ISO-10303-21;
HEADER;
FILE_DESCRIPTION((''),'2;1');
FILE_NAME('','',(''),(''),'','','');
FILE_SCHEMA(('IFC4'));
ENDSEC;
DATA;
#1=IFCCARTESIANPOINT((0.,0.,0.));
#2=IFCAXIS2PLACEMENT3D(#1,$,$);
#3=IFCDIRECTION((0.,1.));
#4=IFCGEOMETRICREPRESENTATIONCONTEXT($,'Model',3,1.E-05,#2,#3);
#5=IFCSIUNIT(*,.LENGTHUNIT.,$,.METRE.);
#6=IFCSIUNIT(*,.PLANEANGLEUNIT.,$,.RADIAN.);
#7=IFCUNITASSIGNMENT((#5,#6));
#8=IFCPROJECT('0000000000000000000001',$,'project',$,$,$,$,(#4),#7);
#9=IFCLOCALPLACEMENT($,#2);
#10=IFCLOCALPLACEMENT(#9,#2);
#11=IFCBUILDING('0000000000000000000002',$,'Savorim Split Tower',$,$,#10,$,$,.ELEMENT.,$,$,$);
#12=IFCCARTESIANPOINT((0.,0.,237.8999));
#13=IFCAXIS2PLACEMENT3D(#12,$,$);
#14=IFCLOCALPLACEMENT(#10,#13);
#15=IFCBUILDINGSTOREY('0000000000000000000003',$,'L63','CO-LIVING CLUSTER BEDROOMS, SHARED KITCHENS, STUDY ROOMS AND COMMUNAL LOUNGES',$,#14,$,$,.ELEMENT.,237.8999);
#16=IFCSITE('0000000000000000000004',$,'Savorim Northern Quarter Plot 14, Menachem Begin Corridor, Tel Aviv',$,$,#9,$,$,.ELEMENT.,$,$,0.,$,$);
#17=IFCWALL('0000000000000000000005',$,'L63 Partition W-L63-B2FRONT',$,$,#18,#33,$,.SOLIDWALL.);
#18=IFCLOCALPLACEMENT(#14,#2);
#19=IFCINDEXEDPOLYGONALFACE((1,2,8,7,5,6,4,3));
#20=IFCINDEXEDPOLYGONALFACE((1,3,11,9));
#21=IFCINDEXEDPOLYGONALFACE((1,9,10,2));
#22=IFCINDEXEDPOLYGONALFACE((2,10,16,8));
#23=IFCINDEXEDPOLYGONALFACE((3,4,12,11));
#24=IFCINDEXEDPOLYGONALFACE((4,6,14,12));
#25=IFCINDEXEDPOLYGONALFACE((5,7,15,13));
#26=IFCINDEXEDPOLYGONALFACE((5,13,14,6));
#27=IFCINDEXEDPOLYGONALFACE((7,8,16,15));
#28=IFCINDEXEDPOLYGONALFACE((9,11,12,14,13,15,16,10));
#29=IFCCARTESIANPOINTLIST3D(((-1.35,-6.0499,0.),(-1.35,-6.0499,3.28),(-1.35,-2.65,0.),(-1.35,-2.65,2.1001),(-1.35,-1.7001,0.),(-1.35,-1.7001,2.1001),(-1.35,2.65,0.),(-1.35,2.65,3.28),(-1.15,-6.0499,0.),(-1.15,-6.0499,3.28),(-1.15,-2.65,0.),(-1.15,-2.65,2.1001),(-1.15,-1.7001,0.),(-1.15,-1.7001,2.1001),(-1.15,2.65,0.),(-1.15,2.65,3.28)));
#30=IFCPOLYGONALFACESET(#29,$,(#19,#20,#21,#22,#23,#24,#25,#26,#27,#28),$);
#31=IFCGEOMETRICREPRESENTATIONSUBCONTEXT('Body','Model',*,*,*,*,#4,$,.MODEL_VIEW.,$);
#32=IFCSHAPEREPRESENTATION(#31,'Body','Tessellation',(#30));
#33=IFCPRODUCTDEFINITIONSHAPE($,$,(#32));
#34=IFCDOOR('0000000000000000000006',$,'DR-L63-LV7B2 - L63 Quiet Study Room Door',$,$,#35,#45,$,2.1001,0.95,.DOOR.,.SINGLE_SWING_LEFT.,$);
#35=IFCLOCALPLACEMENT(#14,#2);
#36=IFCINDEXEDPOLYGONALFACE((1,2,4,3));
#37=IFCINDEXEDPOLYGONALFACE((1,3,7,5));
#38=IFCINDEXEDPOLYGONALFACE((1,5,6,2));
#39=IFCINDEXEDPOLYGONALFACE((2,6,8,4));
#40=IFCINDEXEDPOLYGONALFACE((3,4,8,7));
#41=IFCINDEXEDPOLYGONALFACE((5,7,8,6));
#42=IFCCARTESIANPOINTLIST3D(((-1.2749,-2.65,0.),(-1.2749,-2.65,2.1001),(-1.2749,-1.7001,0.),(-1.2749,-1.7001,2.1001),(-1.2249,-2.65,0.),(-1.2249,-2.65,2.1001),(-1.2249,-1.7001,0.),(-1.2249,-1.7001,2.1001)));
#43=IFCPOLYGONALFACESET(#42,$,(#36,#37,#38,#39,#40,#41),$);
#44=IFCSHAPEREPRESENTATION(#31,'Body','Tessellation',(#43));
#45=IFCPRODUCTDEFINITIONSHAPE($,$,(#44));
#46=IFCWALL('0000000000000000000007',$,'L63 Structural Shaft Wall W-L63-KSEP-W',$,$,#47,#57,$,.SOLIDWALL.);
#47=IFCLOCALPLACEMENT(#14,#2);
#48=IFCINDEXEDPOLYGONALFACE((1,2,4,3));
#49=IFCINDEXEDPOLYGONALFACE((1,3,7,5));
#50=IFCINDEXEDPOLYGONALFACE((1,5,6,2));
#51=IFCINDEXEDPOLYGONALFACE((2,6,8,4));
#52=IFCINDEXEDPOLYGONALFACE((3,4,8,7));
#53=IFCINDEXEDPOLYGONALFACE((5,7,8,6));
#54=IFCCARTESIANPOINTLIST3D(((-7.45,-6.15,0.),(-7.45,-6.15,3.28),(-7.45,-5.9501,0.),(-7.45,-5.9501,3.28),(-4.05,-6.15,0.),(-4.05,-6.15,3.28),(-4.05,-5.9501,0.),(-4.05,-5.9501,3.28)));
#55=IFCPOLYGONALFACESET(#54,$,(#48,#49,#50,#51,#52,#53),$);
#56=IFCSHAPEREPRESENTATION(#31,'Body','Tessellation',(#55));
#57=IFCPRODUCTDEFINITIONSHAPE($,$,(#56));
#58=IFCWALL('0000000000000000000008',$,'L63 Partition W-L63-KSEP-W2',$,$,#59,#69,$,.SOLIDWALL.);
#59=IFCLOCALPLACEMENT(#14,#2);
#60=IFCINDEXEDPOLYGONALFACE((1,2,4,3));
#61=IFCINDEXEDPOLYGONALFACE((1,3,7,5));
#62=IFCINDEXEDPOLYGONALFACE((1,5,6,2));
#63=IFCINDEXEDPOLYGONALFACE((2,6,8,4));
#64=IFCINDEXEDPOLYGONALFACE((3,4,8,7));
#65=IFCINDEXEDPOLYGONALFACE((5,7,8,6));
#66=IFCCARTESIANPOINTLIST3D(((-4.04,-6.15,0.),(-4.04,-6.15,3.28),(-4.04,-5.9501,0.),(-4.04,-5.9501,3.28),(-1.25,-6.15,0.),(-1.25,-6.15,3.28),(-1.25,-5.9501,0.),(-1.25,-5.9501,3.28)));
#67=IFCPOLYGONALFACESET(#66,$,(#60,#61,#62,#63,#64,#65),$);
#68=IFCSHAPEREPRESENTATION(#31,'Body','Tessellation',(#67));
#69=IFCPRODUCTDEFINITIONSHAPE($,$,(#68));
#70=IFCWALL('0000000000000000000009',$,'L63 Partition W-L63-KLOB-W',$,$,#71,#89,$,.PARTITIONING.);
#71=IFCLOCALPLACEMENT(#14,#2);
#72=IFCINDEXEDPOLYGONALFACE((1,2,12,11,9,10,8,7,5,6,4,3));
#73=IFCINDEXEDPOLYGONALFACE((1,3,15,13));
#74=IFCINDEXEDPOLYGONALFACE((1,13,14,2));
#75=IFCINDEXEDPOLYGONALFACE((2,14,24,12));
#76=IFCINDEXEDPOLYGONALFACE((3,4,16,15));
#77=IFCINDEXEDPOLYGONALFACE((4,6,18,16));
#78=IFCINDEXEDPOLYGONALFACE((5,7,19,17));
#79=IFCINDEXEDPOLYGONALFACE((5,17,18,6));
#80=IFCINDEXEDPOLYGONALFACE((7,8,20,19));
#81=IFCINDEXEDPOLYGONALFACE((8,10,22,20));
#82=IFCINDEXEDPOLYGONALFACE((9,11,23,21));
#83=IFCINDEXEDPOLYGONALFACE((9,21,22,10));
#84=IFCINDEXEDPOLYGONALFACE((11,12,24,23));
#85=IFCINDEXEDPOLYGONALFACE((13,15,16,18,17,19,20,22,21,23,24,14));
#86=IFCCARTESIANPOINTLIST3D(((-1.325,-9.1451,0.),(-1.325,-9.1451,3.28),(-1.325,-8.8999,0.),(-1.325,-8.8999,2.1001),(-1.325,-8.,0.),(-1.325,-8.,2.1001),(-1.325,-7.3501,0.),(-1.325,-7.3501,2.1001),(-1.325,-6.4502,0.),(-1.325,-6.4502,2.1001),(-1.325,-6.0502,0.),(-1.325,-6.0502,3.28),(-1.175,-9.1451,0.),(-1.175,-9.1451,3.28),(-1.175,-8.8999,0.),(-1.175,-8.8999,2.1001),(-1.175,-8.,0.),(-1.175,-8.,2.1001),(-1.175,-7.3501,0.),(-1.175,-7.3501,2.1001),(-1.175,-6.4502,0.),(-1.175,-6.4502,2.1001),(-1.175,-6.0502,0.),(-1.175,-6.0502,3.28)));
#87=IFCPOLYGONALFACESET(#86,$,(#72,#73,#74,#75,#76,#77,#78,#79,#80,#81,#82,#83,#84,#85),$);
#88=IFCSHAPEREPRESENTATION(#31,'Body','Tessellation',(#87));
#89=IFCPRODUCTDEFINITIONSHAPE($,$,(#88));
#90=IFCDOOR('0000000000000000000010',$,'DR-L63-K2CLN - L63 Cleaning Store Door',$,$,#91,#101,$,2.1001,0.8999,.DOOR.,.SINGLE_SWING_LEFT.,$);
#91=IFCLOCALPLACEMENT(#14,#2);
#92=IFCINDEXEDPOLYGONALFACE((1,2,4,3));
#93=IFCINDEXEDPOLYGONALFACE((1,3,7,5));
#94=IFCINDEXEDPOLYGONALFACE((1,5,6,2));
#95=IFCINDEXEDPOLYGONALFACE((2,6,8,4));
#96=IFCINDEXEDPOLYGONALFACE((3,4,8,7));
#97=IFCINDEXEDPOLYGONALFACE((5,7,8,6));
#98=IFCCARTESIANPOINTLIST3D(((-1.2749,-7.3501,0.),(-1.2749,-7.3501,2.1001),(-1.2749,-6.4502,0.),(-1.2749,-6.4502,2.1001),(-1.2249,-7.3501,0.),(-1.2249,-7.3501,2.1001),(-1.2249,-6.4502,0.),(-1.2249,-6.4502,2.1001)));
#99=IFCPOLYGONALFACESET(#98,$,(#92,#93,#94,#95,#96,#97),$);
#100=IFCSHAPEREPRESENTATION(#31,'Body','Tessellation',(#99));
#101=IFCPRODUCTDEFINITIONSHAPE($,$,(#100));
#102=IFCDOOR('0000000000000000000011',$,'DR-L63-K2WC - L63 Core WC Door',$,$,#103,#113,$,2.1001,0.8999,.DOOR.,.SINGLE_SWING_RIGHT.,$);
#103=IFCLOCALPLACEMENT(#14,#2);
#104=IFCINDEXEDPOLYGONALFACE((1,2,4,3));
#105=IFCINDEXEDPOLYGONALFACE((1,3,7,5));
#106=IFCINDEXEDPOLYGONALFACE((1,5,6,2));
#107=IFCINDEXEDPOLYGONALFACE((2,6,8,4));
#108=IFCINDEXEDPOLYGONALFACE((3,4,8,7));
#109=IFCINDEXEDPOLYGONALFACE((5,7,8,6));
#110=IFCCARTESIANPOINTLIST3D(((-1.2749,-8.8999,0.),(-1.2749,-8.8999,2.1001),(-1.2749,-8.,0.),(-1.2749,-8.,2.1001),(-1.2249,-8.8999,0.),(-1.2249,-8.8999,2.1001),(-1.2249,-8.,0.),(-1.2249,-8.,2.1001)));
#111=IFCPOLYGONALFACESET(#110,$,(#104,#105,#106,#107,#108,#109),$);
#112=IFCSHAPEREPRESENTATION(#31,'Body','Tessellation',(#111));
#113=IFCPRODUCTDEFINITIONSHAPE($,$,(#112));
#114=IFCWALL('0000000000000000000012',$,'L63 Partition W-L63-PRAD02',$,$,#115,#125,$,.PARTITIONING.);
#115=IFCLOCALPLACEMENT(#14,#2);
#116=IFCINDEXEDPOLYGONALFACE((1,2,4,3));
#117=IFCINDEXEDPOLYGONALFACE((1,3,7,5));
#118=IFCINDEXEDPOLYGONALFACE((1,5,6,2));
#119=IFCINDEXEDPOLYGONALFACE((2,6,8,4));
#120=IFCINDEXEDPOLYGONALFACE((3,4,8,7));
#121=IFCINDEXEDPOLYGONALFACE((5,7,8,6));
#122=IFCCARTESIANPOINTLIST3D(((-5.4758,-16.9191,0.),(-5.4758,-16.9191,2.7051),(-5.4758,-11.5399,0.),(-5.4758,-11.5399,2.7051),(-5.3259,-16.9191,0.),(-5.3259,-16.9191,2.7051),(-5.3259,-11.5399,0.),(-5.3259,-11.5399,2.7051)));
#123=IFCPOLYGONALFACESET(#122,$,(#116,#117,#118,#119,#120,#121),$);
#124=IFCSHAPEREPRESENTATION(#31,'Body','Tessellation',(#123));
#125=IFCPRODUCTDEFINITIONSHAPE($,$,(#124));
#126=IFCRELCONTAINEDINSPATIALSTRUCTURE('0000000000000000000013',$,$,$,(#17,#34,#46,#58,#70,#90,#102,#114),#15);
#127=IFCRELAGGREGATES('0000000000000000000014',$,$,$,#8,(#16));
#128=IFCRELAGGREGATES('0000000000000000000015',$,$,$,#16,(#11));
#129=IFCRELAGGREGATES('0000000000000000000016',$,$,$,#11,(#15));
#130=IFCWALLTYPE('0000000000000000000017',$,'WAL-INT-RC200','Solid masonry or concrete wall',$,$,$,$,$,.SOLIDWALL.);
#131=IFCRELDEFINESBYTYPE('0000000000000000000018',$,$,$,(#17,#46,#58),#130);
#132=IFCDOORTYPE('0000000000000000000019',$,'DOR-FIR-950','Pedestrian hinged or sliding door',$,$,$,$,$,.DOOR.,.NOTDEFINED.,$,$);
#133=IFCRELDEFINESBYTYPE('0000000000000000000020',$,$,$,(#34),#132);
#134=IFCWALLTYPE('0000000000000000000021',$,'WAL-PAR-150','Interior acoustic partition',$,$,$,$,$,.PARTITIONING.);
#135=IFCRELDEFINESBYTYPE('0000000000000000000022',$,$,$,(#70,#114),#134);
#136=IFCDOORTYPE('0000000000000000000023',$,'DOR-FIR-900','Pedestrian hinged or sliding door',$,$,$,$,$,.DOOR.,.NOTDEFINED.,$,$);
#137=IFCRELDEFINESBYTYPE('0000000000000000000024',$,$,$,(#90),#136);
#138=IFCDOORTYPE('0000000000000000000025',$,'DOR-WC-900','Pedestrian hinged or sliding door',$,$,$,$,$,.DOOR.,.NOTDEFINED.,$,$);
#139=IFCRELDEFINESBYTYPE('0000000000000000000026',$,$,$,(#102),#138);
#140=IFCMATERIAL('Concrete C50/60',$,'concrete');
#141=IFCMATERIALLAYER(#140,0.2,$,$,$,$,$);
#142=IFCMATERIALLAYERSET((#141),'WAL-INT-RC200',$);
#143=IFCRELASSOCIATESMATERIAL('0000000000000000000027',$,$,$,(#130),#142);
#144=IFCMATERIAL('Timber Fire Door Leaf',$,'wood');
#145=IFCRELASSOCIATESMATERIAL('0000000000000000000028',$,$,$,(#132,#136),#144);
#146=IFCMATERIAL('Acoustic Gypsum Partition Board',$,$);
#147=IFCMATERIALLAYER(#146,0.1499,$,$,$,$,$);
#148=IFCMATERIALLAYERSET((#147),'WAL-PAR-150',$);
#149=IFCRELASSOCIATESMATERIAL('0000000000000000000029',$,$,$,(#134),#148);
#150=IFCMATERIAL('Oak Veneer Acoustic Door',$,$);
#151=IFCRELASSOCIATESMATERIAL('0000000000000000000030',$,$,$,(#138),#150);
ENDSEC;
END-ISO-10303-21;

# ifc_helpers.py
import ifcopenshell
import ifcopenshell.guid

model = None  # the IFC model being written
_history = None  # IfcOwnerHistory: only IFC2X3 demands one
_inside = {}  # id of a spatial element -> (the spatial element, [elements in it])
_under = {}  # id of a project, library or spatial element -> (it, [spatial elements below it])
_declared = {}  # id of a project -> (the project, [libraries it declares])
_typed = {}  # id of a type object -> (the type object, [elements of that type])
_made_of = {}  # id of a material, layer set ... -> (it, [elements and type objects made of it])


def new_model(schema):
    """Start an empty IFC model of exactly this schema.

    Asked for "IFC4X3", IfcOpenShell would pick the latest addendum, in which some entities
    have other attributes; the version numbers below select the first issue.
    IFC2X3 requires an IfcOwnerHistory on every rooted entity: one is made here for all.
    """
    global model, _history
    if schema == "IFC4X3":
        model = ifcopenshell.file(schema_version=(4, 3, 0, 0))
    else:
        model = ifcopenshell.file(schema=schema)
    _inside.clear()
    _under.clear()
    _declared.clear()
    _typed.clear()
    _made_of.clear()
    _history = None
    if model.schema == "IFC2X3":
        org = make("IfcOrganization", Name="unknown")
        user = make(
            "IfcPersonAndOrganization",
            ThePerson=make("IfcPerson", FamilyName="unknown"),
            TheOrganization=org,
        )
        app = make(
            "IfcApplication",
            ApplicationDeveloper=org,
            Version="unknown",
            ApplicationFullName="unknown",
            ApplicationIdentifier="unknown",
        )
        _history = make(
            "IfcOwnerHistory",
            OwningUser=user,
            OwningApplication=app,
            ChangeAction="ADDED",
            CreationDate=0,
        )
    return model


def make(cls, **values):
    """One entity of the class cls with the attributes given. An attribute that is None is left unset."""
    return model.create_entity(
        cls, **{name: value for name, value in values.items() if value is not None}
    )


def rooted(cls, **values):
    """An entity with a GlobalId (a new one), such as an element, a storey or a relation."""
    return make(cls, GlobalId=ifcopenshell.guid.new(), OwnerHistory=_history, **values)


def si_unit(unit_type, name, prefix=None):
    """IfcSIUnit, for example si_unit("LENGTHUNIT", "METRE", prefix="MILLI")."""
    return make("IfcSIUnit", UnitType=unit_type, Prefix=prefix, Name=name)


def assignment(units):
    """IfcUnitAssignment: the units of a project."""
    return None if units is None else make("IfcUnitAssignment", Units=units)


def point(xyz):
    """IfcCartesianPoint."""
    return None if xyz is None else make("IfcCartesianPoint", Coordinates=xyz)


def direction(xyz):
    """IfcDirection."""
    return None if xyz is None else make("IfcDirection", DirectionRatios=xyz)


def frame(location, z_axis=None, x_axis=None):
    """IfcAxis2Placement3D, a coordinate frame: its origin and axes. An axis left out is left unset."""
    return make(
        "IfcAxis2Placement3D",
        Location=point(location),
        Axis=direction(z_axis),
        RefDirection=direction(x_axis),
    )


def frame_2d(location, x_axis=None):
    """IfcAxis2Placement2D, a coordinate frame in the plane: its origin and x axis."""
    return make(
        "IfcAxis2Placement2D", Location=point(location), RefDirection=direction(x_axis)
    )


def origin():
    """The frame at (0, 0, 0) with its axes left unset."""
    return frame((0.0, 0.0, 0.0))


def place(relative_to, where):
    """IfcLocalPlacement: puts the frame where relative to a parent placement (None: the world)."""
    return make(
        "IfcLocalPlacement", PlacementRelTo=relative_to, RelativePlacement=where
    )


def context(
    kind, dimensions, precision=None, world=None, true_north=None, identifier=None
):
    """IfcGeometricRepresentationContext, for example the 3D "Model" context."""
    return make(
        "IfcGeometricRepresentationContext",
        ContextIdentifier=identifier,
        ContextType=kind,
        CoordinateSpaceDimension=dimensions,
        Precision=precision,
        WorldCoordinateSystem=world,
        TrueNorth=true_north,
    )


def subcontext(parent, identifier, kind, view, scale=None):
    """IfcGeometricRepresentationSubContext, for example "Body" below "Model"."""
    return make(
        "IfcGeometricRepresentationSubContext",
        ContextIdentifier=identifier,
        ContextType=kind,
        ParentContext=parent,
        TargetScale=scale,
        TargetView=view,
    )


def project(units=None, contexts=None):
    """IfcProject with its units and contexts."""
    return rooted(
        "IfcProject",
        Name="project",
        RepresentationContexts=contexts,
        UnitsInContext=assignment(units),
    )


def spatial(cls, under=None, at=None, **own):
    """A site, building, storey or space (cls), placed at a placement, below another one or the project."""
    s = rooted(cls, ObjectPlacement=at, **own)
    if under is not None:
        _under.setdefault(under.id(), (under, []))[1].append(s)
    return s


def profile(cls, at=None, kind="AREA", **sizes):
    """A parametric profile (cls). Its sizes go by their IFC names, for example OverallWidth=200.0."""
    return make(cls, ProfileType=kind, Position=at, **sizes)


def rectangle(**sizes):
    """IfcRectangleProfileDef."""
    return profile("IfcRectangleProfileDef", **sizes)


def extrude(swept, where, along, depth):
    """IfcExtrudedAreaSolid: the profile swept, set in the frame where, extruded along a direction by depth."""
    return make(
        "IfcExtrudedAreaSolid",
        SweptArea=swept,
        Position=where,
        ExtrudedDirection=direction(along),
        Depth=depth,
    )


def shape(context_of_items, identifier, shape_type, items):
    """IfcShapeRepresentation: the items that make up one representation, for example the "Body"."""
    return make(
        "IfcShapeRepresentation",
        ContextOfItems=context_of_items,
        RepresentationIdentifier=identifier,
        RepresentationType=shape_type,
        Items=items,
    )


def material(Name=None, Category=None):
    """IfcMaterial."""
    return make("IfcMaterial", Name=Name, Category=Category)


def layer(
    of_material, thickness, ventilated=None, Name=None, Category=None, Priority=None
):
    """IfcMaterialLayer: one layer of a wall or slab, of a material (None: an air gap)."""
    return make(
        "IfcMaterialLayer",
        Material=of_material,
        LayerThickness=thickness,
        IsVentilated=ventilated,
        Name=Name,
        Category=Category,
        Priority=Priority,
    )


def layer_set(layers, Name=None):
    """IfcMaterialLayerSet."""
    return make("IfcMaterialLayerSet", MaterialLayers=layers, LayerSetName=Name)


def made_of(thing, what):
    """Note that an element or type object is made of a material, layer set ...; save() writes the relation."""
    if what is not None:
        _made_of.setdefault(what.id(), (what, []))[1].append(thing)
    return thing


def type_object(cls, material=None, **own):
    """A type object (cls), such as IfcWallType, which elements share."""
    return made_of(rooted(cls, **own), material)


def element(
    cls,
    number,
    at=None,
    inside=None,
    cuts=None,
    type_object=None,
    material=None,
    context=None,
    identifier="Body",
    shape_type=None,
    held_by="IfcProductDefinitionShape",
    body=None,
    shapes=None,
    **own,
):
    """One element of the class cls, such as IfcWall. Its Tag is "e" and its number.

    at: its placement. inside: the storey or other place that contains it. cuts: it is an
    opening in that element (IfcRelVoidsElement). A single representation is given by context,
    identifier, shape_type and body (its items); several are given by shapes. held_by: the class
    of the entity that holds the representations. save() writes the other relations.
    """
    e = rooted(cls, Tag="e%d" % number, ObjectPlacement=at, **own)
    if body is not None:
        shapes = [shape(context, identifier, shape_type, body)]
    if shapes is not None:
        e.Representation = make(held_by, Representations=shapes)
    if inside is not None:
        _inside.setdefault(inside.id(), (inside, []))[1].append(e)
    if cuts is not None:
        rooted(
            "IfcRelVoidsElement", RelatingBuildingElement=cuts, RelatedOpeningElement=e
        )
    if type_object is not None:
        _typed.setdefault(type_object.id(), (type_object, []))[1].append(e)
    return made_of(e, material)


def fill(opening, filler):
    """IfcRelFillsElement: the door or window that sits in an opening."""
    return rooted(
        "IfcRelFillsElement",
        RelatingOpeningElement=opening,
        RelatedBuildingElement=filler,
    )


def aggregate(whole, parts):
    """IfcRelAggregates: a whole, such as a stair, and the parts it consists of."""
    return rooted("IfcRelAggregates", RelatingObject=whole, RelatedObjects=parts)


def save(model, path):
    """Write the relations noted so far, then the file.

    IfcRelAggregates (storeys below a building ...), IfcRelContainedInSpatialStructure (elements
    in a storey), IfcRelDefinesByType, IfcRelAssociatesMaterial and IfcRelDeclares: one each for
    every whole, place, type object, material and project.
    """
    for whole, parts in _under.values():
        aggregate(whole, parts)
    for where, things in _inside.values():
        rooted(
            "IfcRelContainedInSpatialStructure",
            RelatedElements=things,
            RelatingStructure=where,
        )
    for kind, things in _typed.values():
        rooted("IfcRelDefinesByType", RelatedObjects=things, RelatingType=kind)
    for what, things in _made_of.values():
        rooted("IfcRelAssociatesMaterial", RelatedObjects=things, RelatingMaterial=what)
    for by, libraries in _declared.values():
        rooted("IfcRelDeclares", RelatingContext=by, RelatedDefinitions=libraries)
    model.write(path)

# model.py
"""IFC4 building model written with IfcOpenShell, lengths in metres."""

from ifc_helpers import new_model, si_unit, direction, frame, frame_2d, origin, place, context, subcontext, project, spatial, rectangle, extrude, material, layer, layer_set, type_object, element, fill, save


model = new_model("IFC4")

# Units and contexts
model_context = context("Model", 3, precision=1e-05, world=origin(), true_north=direction((0.0, 1.0)))
body_context = subcontext(model_context, "Body", "Model", "MODEL_VIEW")
ifc_project = project(units=[si_unit("LENGTHUNIT", "METRE"), si_unit("PLANEANGLEUNIT", "RADIAN")], contexts=[model_context])

# Site, building, storey
site_placement = place(None, origin())
site = spatial("IfcSite", under=ifc_project, at=site_placement, Name="Savorim Northern Quarter Plot 14, Menachem Begin Corridor, Tel Aviv", CompositionType="ELEMENT", RefElevation=0.0)
building_placement = place(site_placement, origin())
building = spatial("IfcBuilding", under=site, at=building_placement, Name="Savorim Split Tower", CompositionType="ELEMENT")
storey_placement = place(building_placement, frame((0.0, 0.0, 237.8999)))
storey = spatial("IfcBuildingStorey", under=building, at=storey_placement, Name="L63", Description="CO-LIVING CLUSTER BEDROOMS, SHARED KITCHENS, STUDY ROOMS AND COMMUNAL LOUNGES", CompositionType="ELEMENT", Elevation=237.8999)

# Shared definitions
ifc_material_1 = material(Name="Timber Fire Door Leaf", Category="wood")

# Shared definitions
ifc_material_2 = material(Name="Concrete C50/60", Category="concrete")
ifc_layer_1 = layer(ifc_material_2, 0.2)
ifc_layer_set_1 = layer_set([ifc_layer_1], Name="WAL-INT-RC200")
wall_type_1 = type_object("IfcWallType", Name="WAL-INT-RC200", Description="Solid masonry or concrete wall", PredefinedType="SOLIDWALL", material=ifc_layer_set_1)

# Wall, opening, door
wall_1_placement = place(storey_placement, frame((-1.25, -6.05, 0.0), z_axis=(0.0, 0.0, 1.0), x_axis=(0.0, 1.0, 0.0)))
wall_1 = element("IfcWall", 1, at=wall_1_placement, inside=storey, type_object=wall_type_1, Name="L63 Partition W-L63-B2FRONT", PredefinedType="SOLIDWALL", context=body_context, shape_type="SweptSolid", body=[
    extrude(rectangle(XDim=8.7, YDim=0.2, at=frame_2d((4.3501, 0.0))), origin(), (0.0, 0.0, 1.0), 3.28),
])
opening_1_placement = place(wall_1_placement, frame((3.3999, 0.0, 0.0)))
opening_1 = element("IfcOpeningElement", 2, at=opening_1_placement, cuts=wall_1, PredefinedType="OPENING", context=body_context, shape_type="SweptSolid", body=[
    extrude(rectangle(XDim=0.95, YDim=2.1001, at=frame_2d((0.4751, 1.05))), frame((0.0, 0.1099, 0.0), z_axis=(0.0, -1.0, 0.0), x_axis=(1.0, 0.0, 0.0)), (0.0, 0.0, 1.0), 0.22),
])
door_type_1 = type_object("IfcDoorType", Name="DOR-FIR-950", Description="Pedestrian hinged or sliding door", OperationType="NOTDEFINED", PredefinedType="DOOR", material=ifc_material_1)
door_1_placement = place(opening_1_placement, origin())
door_1 = element("IfcDoor", 3, at=door_1_placement, inside=storey, type_object=door_type_1, Name="DR-L63-LV7B2 - L63 Quiet Study Room Door", OperationType="SINGLE_SWING_LEFT", OverallHeight=2.1001, OverallWidth=0.95, PredefinedType="DOOR", context=body_context, shape_type="SweptSolid", body=[
    extrude(rectangle(XDim=0.95, YDim=2.1001, at=frame_2d((0.4751, 1.05))), frame((0.0, 0.0249, 0.0), z_axis=(0.0, -1.0, 0.0), x_axis=(1.0, 0.0, 0.0)), (0.0, 0.0, 1.0), 0.05),
])
fill(opening_1, door_1)

# Walls
wall_2_placement = place(storey_placement, frame((-7.45, -6.05, 0.0), z_axis=(0.0, 0.0, 1.0), x_axis=(1.0, 0.0, 0.0)))
element("IfcWall", 4, at=wall_2_placement, inside=storey, type_object=wall_type_1, Name="L63 Structural Shaft Wall W-L63-KSEP-W", PredefinedType="SOLIDWALL", context=body_context, shape_type="SweptSolid", body=[
    extrude(rectangle(XDim=3.3999, YDim=0.2, at=frame_2d((1.7, 0.0))), origin(), (0.0, 0.0, 1.0), 3.28),
])
wall_3_placement = place(storey_placement, frame((-4.04, -6.05, 0.0), z_axis=(0.0, 0.0, 1.0), x_axis=(1.0, 0.0, 0.0)))
element("IfcWall", 5, at=wall_3_placement, inside=storey, type_object=wall_type_1, Name="L63 Partition W-L63-KSEP-W2", PredefinedType="SOLIDWALL", context=body_context, shape_type="SweptSolid", body=[
    extrude(rectangle(XDim=2.79, YDim=0.2, at=frame_2d((1.395, 0.0))), origin(), (0.0, 0.0, 1.0), 3.28),
])

# Wall, openings, doors
ifc_material_3 = material(Name="Acoustic Gypsum Partition Board")
ifc_layer_2 = layer(ifc_material_3, 0.1499)
ifc_layer_set_2 = layer_set([ifc_layer_2], Name="WAL-PAR-150")
wall_type_2 = type_object("IfcWallType", Name="WAL-PAR-150", Description="Interior acoustic partition", PredefinedType="PARTITIONING", material=ifc_layer_set_2)
wall_4_placement = place(storey_placement, frame((-1.25, -9.145, 0.0), z_axis=(0.0, 0.0, 1.0), x_axis=(0.0, 1.0, 0.0)))
wall_4 = element("IfcWall", 6, at=wall_4_placement, inside=storey, type_object=wall_type_2, Name="L63 Partition W-L63-KLOB-W", PredefinedType="PARTITIONING", context=body_context, shape_type="SweptSolid", body=[
    extrude(rectangle(XDim=3.095, YDim=0.1499, at=frame_2d((1.5474, 0.0))), origin(), (0.0, 0.0, 1.0), 3.28),
])
opening_2_placement = place(wall_4_placement, frame((1.7949, 0.0, 0.0)))
opening_2 = element("IfcOpeningElement", 7, at=opening_2_placement, cuts=wall_4, PredefinedType="OPENING", context=body_context, shape_type="SweptSolid", body=[
    extrude(rectangle(XDim=0.8999, YDim=2.1001, at=frame_2d((0.45, 1.05))), frame((0.0, 0.085, 0.0), z_axis=(0.0, -1.0, 0.0), x_axis=(1.0, 0.0, 0.0)), (0.0, 0.0, 1.0), 0.1699),
])
opening_3_placement = place(wall_4_placement, frame((0.2451, 0.0, 0.0)))
opening_3 = element("IfcOpeningElement", 8, at=opening_3_placement, cuts=wall_4, PredefinedType="OPENING", context=body_context, shape_type="SweptSolid", body=[
    extrude(rectangle(XDim=0.8999, YDim=2.1001, at=frame_2d((0.45, 1.05))), frame((0.0, 0.085, 0.0), z_axis=(0.0, -1.0, 0.0), x_axis=(1.0, 0.0, 0.0)), (0.0, 0.0, 1.0), 0.1699),
])
door_type_2 = type_object("IfcDoorType", Name="DOR-FIR-900", Description="Pedestrian hinged or sliding door", OperationType="NOTDEFINED", PredefinedType="DOOR", material=ifc_material_1)
door_2_placement = place(opening_2_placement, origin())
door_2 = element("IfcDoor", 9, at=door_2_placement, inside=storey, type_object=door_type_2, Name="DR-L63-K2CLN - L63 Cleaning Store Door", OperationType="SINGLE_SWING_LEFT", OverallHeight=2.1001, OverallWidth=0.8999, PredefinedType="DOOR", context=body_context, shape_type="SweptSolid", body=[
    extrude(rectangle(XDim=0.8999, YDim=2.1001, at=frame_2d((0.45, 1.05))), frame((0.0, 0.0249, 0.0), z_axis=(0.0, -1.0, 0.0), x_axis=(1.0, 0.0, 0.0)), (0.0, 0.0, 1.0), 0.05),
])
fill(opening_2, door_2)
ifc_material_4 = material(Name="Oak Veneer Acoustic Door")
door_type_3 = type_object("IfcDoorType", Name="DOR-WC-900", Description="Pedestrian hinged or sliding door", OperationType="NOTDEFINED", PredefinedType="DOOR", material=ifc_material_4)
door_3_placement = place(opening_3_placement, origin())
door_3 = element("IfcDoor", 10, at=door_3_placement, inside=storey, type_object=door_type_3, Name="DR-L63-K2WC - L63 Core WC Door", OperationType="SINGLE_SWING_RIGHT", OverallHeight=2.1001, OverallWidth=0.8999, PredefinedType="DOOR", context=body_context, shape_type="SweptSolid", body=[
    extrude(rectangle(XDim=0.8999, YDim=2.1001, at=frame_2d((0.45, 1.05))), frame((0.0, 0.0249, 0.0), z_axis=(0.0, -1.0, 0.0), x_axis=(1.0, 0.0, 0.0)), (0.0, 0.0, 1.0), 0.05),
])
fill(opening_3, door_3)

# Wall
wall_5_placement = place(storey_placement, frame((-5.4009, -11.54, 0.0), z_axis=(0.0, 0.0, 1.0), x_axis=(0.0, -1.0, 0.0)))
element("IfcWall", 11, at=wall_5_placement, inside=storey, type_object=wall_type_2, Name="L63 Partition W-L63-PRAD02", PredefinedType="PARTITIONING", context=body_context, shape_type="SweptSolid", body=[
    extrude(rectangle(XDim=5.3792, YDim=0.1499, at=frame_2d((2.6895, 0.0))), origin(), (0.0, 0.0, 1.0), 2.7051),
])

save(model, "model.ifc")
